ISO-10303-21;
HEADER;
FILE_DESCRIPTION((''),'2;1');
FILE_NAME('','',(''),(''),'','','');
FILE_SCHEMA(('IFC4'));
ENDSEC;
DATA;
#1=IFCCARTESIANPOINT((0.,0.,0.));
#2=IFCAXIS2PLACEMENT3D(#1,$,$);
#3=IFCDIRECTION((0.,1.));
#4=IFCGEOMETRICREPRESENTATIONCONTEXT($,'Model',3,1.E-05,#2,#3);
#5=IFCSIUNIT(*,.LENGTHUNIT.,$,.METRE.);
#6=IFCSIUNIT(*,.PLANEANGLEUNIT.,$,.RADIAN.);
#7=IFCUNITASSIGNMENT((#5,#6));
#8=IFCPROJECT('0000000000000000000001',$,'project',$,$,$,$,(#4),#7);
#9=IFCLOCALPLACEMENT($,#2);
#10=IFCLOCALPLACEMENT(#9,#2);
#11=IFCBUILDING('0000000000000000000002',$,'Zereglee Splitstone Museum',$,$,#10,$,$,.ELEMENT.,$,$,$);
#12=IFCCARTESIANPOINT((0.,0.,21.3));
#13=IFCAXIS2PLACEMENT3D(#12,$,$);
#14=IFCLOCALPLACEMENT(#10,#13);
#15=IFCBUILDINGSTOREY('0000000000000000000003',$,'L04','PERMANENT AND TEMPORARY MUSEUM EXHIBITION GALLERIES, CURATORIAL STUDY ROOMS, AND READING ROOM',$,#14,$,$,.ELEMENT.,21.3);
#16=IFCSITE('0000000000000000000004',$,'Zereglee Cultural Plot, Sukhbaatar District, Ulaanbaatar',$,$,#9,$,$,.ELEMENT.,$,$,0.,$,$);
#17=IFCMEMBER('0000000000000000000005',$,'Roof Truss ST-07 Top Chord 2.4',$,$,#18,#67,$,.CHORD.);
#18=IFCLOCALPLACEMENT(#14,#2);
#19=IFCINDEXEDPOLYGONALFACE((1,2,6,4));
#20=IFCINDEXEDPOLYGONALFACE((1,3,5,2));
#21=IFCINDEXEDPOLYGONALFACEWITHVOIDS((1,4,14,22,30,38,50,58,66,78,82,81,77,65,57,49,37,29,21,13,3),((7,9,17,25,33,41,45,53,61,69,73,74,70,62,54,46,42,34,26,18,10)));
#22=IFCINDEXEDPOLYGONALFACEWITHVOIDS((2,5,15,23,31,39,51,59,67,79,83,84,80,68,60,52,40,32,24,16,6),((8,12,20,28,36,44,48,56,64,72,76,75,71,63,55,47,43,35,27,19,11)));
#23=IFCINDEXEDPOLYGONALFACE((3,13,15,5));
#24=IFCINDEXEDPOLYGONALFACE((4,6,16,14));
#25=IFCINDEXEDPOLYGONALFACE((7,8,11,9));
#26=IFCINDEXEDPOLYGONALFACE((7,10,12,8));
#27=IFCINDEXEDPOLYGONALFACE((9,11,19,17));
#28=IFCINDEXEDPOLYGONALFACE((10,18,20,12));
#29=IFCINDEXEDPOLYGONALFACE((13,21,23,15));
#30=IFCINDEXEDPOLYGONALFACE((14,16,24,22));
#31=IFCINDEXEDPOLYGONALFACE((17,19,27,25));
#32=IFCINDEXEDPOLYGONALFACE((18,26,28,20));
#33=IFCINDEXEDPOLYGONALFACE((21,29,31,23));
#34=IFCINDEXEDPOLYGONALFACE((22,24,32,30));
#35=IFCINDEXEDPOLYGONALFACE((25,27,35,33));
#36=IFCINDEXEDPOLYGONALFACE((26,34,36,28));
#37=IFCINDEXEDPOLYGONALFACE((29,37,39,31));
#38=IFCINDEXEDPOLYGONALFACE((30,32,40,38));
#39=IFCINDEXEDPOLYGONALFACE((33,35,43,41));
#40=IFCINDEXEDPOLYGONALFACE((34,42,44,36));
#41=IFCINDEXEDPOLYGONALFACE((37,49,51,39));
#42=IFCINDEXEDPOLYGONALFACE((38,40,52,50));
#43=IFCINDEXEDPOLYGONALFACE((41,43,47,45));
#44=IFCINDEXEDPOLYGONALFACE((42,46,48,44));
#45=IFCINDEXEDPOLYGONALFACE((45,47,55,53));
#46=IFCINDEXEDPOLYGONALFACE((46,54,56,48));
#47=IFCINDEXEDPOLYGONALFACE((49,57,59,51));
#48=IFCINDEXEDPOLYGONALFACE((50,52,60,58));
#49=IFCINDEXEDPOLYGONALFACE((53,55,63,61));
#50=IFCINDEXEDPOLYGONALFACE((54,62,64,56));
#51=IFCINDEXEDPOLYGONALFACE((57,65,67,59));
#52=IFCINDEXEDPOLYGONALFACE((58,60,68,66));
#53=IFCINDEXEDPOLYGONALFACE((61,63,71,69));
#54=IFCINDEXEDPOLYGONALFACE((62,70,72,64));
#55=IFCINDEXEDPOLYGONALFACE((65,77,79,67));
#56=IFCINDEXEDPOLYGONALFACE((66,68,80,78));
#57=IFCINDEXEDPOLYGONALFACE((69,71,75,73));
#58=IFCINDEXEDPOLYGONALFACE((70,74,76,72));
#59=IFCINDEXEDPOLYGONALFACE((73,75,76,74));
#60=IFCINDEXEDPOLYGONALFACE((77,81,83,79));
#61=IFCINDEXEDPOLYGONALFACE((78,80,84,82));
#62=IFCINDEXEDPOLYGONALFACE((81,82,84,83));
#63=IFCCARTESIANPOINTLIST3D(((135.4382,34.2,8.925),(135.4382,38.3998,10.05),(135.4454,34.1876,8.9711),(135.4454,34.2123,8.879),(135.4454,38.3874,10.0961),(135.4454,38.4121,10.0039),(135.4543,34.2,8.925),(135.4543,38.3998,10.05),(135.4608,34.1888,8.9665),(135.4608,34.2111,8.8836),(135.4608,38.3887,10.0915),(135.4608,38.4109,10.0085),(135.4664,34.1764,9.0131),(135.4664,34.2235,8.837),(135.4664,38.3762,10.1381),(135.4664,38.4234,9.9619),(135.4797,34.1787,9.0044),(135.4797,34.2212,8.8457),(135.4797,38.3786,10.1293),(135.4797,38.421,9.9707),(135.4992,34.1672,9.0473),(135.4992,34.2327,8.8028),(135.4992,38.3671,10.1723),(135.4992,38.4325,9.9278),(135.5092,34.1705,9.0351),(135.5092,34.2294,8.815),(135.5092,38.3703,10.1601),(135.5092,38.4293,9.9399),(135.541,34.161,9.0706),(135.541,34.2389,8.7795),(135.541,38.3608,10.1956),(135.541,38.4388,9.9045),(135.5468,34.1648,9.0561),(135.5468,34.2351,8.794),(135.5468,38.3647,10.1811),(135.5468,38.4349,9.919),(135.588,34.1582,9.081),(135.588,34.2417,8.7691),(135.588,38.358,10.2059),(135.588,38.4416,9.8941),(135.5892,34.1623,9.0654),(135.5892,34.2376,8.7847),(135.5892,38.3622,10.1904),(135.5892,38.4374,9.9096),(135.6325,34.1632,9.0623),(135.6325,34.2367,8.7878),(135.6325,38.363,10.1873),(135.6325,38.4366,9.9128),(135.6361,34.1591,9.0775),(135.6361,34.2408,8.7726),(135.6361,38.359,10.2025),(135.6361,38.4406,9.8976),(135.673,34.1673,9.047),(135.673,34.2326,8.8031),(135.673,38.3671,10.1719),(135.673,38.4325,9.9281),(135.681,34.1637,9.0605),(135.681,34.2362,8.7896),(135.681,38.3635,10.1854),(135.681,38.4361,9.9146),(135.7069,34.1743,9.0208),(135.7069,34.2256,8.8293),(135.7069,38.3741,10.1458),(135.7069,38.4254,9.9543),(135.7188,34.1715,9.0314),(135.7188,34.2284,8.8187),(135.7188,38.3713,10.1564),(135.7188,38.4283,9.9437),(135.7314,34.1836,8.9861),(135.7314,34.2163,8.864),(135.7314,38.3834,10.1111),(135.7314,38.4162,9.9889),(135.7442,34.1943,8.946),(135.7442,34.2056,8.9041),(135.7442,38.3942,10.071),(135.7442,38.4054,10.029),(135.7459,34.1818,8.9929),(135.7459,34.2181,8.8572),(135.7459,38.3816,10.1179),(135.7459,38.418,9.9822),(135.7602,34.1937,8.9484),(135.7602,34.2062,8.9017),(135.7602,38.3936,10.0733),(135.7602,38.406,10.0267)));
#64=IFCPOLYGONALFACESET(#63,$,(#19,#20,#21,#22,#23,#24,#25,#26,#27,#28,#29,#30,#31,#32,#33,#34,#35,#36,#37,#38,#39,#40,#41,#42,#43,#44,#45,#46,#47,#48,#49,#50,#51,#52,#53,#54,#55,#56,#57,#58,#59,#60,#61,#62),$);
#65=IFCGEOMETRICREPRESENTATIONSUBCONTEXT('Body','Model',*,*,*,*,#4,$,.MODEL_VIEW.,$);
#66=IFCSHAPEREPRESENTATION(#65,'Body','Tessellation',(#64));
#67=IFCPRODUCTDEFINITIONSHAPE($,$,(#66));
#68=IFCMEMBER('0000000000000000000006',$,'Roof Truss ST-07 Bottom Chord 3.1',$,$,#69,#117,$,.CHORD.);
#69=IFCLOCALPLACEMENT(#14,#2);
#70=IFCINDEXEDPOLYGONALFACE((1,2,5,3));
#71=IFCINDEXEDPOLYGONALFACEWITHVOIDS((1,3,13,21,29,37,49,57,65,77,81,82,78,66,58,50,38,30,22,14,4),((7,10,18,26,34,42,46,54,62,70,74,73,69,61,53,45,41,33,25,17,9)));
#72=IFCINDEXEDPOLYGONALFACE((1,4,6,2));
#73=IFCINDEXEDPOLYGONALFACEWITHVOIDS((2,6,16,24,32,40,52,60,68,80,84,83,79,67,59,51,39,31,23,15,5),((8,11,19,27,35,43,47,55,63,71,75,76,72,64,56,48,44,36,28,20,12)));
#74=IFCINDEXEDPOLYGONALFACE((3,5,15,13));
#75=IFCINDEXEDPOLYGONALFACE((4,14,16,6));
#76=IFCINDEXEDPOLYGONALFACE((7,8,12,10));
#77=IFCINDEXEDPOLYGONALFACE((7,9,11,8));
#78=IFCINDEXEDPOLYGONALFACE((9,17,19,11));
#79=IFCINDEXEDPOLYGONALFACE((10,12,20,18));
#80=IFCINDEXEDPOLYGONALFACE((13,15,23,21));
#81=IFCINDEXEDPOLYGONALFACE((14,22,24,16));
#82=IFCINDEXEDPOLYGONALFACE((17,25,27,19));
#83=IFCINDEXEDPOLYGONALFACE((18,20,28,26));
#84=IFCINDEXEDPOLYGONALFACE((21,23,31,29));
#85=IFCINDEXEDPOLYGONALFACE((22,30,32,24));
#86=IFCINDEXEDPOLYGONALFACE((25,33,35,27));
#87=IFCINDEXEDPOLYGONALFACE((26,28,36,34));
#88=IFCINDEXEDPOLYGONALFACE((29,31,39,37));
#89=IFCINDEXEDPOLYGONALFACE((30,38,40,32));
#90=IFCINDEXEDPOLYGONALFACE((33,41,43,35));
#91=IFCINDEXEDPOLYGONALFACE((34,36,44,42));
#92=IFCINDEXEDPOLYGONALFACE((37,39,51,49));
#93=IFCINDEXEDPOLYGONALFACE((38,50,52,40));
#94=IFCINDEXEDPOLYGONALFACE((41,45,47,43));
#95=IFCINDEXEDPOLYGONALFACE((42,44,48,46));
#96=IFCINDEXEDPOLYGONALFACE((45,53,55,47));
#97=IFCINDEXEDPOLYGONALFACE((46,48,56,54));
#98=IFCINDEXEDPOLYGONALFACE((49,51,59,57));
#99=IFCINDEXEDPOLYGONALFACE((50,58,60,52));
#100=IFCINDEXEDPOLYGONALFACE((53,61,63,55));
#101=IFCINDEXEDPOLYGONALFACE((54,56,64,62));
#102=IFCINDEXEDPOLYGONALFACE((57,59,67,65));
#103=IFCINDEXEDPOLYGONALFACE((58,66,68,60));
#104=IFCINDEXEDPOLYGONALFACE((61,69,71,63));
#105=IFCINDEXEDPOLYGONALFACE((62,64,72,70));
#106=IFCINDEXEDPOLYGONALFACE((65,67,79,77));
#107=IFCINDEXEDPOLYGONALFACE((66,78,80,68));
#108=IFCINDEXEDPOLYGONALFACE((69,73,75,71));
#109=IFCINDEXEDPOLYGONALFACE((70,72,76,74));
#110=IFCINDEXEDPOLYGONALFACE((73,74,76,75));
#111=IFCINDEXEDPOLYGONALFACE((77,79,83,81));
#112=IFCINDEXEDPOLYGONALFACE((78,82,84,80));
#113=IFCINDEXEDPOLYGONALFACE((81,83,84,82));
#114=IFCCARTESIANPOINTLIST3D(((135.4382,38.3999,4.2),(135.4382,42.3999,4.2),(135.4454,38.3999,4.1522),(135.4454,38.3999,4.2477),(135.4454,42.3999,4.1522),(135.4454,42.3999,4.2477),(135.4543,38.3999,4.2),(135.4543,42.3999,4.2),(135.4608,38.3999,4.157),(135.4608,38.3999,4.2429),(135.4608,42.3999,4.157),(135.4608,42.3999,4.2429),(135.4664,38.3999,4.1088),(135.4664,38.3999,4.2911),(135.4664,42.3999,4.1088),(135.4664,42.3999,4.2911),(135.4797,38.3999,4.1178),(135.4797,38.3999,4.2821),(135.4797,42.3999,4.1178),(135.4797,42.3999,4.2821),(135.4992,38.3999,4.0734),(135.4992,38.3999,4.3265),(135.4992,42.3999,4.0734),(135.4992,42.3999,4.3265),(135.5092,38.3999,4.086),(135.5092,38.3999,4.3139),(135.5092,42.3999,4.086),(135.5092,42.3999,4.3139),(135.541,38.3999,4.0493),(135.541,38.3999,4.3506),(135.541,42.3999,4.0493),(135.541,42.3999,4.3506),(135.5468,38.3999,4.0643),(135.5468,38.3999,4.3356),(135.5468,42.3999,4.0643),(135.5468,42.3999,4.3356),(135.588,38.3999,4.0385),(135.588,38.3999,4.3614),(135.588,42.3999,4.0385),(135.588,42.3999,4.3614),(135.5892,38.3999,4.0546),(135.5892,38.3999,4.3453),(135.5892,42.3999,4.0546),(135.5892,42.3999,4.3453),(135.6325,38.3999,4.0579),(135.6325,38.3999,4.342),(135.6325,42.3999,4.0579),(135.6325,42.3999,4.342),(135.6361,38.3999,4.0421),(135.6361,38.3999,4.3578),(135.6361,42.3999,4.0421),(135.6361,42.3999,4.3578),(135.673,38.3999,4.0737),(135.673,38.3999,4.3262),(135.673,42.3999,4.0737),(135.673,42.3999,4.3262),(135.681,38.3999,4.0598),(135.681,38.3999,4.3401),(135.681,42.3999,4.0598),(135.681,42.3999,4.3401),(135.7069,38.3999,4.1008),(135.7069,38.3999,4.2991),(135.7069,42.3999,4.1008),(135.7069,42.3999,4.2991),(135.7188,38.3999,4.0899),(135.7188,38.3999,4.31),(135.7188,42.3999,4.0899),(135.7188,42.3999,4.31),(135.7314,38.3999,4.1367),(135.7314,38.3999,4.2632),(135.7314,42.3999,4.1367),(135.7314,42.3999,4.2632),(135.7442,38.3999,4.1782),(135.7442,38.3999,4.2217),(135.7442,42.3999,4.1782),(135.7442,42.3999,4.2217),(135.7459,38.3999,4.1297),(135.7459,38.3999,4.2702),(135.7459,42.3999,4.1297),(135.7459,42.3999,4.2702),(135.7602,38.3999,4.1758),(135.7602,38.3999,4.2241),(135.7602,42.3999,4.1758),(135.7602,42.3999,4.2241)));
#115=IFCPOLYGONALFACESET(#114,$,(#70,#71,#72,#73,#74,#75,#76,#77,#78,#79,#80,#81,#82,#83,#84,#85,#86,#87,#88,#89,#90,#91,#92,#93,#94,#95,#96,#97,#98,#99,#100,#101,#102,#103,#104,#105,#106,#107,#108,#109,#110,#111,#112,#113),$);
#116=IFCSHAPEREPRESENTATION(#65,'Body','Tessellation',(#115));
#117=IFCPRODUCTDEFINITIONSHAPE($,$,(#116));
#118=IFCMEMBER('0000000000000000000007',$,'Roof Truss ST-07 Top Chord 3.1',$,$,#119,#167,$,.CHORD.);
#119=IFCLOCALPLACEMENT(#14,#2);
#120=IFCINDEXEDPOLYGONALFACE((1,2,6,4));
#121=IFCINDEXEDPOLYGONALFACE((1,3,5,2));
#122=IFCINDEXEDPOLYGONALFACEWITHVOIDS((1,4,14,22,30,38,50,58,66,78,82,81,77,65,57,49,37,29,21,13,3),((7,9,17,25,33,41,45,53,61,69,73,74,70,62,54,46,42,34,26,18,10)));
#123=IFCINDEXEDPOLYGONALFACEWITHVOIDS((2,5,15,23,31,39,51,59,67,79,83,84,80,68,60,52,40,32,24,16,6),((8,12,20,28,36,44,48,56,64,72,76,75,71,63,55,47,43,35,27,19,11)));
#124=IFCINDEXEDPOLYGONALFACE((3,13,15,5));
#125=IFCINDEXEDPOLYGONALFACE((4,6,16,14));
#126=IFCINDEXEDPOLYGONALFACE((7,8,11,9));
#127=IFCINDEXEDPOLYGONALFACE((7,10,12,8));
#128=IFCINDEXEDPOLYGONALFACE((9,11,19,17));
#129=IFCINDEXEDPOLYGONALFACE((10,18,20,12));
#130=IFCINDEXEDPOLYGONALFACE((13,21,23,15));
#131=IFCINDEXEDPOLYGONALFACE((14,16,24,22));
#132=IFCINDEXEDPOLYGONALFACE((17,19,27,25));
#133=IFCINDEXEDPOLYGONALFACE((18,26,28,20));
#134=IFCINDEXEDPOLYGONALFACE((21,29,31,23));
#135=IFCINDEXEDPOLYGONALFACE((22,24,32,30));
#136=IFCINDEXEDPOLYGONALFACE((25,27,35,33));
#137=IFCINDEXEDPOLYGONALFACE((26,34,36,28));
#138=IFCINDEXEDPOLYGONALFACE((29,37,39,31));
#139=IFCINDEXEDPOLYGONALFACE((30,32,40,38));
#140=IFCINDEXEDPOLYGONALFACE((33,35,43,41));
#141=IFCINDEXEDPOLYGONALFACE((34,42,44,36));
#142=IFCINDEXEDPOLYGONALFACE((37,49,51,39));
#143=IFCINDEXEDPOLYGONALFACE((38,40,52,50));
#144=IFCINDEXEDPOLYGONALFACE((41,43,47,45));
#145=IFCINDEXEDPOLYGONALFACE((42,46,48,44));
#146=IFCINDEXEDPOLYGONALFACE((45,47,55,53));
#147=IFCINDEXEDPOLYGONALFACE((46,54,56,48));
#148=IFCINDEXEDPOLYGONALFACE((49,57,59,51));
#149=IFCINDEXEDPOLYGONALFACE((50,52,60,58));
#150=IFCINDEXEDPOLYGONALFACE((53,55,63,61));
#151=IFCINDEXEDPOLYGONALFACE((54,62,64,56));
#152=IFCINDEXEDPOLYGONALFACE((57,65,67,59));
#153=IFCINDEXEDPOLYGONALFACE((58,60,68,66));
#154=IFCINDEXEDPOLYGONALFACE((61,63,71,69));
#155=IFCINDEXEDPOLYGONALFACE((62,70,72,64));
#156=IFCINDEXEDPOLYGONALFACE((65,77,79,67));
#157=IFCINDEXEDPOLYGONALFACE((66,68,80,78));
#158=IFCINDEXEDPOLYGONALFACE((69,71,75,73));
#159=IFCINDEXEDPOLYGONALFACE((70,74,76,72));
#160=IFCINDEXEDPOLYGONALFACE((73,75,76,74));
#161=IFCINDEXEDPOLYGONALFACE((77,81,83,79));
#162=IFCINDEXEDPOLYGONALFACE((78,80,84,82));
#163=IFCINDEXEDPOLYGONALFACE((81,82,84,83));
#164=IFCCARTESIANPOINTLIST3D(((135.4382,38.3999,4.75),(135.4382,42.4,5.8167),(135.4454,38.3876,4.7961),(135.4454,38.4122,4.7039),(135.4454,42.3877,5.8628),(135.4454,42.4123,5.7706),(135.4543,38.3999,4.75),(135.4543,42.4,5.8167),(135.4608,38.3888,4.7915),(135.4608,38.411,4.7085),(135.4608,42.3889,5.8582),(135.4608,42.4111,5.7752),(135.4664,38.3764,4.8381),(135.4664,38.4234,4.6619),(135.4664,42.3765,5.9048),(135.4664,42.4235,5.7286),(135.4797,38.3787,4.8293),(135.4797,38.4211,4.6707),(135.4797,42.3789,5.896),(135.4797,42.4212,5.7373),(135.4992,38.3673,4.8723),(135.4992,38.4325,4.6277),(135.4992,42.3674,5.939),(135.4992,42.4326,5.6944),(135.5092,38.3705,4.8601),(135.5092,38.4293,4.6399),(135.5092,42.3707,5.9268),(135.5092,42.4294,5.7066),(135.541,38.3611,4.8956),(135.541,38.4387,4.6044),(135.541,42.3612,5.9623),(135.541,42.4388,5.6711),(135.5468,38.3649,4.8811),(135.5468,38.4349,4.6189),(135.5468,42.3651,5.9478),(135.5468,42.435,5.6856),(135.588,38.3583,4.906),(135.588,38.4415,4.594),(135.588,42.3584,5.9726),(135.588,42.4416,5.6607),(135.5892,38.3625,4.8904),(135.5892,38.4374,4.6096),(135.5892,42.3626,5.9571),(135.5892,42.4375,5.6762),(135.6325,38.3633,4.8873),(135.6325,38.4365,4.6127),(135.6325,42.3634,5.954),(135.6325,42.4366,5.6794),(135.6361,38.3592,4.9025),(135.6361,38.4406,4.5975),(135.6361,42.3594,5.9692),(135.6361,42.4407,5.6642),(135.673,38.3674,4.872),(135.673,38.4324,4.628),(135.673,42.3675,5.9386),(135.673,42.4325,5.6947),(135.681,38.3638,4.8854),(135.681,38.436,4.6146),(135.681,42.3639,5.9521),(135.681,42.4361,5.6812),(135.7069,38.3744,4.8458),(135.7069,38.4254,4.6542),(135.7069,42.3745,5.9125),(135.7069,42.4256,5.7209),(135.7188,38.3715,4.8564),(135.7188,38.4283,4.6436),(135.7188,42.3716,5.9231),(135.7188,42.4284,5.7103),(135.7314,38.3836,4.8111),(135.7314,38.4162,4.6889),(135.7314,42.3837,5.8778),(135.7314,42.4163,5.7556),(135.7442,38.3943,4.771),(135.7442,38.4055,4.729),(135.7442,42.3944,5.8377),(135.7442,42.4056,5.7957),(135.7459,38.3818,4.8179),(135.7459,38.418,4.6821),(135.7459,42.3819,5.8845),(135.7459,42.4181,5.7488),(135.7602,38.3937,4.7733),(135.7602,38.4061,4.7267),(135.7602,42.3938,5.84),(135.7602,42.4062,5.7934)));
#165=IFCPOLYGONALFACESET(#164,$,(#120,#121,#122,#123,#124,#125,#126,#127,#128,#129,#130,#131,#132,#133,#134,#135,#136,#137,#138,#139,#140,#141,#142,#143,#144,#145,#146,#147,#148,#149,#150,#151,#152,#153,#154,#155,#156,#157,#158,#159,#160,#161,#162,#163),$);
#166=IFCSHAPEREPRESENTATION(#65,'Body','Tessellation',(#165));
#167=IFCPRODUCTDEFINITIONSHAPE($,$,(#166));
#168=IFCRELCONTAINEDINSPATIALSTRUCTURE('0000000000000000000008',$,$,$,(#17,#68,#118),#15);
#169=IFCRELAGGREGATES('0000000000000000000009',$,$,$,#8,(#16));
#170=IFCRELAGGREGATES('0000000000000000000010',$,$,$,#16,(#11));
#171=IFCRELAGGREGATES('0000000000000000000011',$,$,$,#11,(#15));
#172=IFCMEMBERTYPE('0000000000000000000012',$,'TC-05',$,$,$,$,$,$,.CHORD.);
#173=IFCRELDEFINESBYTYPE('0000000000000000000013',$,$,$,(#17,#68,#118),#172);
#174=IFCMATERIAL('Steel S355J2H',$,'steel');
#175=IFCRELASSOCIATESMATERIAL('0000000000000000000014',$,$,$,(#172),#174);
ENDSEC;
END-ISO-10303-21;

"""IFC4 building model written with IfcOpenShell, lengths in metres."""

from ifc_helpers import new_model, si_unit, direction, frame, origin, origin_2d, place, context, subcontext, project, spatial, hollow_circle, extrude, material, material_profile, profile_set, type_object, element, save


model = new_model("IFC4")

# Units and contexts
model_context = context("Model", 3, precision=1e-05, world=origin(), true_north=direction((0.0, 1.0)))
body_context = subcontext(model_context, "Body", "Model", "MODEL_VIEW")
ifc_project = project(units=[si_unit("LENGTHUNIT", "METRE"), si_unit("PLANEANGLEUNIT", "RADIAN")], contexts=[model_context])

# Site, building, storey
site_placement = place(None, origin())
site = spatial("IfcSite", under=ifc_project, at=site_placement, Name="Zereglee Cultural Plot, Sukhbaatar District, Ulaanbaatar", CompositionType="ELEMENT", RefElevation=0.0)
building_placement = place(site_placement, origin())
building = spatial("IfcBuilding", under=site, at=building_placement, Name="Zereglee Splitstone Museum", CompositionType="ELEMENT")
storey_placement = place(building_placement, frame((0.0, 0.0, 21.3)))
storey = spatial("IfcBuildingStorey", under=building, at=storey_placement, Name="L04", Description="PERMANENT AND TEMPORARY MUSEUM EXHIBITION GALLERIES, CURATORIAL STUDY ROOMS, AND READING ROOM", CompositionType="ELEMENT", Elevation=21.3)

# Members
ifc_material_1 = material(Name="Steel S355J2H", Category="steel")
ifc_material_profile_1 = material_profile(ifc_material_1, hollow_circle(Radius=0.1619, WallThickness=0.0161, at=origin_2d()), Name="CHS 323.9x16")
ifc_profile_set_1 = profile_set([ifc_material_profile_1], Name="Steel S355J2H")
member_type_1 = type_object("IfcMemberType", Name="TC-05", PredefinedType="CHORD", material=ifc_profile_set_1)
for number, where, z_axis, x_axis, name in (
    (1, (135.6001, 34.2, 8.925), (0.0, 0.965947, 0.258739), (-1.0, 0.0, 0.0), "Roof Truss ST-07 Top Chord 2.4"),
):
    element("IfcMember", number, at=place(storey_placement, frame(where, z_axis=z_axis, x_axis=x_axis)), inside=storey, type_object=member_type_1, Name=name, PredefinedType="CHORD", context=body_context, shape_type="SweptSolid", body=[
        extrude(hollow_circle(Radius=0.1619, WallThickness=0.0161, at=origin_2d()), origin(), (0.0, 0.0, 1.0), 4.3479),
    ])
member_1_placement = place(storey_placement, frame((135.6001, 38.3999, 4.2), z_axis=(0.0, 1.0, 0.0), x_axis=(-1.0, 0.0, 0.0)))
element("IfcMember", 2, at=member_1_placement, inside=storey, type_object=member_type_1, Name="Roof Truss ST-07 Bottom Chord 3.1", PredefinedType="CHORD", context=body_context, shape_type="SweptSolid", body=[
    extrude(hollow_circle(Radius=0.1619, WallThickness=0.0161, at=origin_2d()), origin(), (0.0, 0.0, 1.0), 4.0),
])
member_2_placement = place(storey_placement, frame((135.6001, 38.3999, 4.75), z_axis=(0.0, 0.966236, 0.257659), x_axis=(-1.0, 0.0, 0.0)))
element("IfcMember", 3, at=member_2_placement, inside=storey, type_object=member_type_1, Name="Roof Truss ST-07 Top Chord 3.1", PredefinedType="CHORD", context=body_context, shape_type="SweptSolid", body=[
    extrude(hollow_circle(Radius=0.1619, WallThickness=0.0161, at=origin_2d()), origin(), (0.0, 0.0, 1.0), 4.1399),
])

save(model, "model.ifc")
